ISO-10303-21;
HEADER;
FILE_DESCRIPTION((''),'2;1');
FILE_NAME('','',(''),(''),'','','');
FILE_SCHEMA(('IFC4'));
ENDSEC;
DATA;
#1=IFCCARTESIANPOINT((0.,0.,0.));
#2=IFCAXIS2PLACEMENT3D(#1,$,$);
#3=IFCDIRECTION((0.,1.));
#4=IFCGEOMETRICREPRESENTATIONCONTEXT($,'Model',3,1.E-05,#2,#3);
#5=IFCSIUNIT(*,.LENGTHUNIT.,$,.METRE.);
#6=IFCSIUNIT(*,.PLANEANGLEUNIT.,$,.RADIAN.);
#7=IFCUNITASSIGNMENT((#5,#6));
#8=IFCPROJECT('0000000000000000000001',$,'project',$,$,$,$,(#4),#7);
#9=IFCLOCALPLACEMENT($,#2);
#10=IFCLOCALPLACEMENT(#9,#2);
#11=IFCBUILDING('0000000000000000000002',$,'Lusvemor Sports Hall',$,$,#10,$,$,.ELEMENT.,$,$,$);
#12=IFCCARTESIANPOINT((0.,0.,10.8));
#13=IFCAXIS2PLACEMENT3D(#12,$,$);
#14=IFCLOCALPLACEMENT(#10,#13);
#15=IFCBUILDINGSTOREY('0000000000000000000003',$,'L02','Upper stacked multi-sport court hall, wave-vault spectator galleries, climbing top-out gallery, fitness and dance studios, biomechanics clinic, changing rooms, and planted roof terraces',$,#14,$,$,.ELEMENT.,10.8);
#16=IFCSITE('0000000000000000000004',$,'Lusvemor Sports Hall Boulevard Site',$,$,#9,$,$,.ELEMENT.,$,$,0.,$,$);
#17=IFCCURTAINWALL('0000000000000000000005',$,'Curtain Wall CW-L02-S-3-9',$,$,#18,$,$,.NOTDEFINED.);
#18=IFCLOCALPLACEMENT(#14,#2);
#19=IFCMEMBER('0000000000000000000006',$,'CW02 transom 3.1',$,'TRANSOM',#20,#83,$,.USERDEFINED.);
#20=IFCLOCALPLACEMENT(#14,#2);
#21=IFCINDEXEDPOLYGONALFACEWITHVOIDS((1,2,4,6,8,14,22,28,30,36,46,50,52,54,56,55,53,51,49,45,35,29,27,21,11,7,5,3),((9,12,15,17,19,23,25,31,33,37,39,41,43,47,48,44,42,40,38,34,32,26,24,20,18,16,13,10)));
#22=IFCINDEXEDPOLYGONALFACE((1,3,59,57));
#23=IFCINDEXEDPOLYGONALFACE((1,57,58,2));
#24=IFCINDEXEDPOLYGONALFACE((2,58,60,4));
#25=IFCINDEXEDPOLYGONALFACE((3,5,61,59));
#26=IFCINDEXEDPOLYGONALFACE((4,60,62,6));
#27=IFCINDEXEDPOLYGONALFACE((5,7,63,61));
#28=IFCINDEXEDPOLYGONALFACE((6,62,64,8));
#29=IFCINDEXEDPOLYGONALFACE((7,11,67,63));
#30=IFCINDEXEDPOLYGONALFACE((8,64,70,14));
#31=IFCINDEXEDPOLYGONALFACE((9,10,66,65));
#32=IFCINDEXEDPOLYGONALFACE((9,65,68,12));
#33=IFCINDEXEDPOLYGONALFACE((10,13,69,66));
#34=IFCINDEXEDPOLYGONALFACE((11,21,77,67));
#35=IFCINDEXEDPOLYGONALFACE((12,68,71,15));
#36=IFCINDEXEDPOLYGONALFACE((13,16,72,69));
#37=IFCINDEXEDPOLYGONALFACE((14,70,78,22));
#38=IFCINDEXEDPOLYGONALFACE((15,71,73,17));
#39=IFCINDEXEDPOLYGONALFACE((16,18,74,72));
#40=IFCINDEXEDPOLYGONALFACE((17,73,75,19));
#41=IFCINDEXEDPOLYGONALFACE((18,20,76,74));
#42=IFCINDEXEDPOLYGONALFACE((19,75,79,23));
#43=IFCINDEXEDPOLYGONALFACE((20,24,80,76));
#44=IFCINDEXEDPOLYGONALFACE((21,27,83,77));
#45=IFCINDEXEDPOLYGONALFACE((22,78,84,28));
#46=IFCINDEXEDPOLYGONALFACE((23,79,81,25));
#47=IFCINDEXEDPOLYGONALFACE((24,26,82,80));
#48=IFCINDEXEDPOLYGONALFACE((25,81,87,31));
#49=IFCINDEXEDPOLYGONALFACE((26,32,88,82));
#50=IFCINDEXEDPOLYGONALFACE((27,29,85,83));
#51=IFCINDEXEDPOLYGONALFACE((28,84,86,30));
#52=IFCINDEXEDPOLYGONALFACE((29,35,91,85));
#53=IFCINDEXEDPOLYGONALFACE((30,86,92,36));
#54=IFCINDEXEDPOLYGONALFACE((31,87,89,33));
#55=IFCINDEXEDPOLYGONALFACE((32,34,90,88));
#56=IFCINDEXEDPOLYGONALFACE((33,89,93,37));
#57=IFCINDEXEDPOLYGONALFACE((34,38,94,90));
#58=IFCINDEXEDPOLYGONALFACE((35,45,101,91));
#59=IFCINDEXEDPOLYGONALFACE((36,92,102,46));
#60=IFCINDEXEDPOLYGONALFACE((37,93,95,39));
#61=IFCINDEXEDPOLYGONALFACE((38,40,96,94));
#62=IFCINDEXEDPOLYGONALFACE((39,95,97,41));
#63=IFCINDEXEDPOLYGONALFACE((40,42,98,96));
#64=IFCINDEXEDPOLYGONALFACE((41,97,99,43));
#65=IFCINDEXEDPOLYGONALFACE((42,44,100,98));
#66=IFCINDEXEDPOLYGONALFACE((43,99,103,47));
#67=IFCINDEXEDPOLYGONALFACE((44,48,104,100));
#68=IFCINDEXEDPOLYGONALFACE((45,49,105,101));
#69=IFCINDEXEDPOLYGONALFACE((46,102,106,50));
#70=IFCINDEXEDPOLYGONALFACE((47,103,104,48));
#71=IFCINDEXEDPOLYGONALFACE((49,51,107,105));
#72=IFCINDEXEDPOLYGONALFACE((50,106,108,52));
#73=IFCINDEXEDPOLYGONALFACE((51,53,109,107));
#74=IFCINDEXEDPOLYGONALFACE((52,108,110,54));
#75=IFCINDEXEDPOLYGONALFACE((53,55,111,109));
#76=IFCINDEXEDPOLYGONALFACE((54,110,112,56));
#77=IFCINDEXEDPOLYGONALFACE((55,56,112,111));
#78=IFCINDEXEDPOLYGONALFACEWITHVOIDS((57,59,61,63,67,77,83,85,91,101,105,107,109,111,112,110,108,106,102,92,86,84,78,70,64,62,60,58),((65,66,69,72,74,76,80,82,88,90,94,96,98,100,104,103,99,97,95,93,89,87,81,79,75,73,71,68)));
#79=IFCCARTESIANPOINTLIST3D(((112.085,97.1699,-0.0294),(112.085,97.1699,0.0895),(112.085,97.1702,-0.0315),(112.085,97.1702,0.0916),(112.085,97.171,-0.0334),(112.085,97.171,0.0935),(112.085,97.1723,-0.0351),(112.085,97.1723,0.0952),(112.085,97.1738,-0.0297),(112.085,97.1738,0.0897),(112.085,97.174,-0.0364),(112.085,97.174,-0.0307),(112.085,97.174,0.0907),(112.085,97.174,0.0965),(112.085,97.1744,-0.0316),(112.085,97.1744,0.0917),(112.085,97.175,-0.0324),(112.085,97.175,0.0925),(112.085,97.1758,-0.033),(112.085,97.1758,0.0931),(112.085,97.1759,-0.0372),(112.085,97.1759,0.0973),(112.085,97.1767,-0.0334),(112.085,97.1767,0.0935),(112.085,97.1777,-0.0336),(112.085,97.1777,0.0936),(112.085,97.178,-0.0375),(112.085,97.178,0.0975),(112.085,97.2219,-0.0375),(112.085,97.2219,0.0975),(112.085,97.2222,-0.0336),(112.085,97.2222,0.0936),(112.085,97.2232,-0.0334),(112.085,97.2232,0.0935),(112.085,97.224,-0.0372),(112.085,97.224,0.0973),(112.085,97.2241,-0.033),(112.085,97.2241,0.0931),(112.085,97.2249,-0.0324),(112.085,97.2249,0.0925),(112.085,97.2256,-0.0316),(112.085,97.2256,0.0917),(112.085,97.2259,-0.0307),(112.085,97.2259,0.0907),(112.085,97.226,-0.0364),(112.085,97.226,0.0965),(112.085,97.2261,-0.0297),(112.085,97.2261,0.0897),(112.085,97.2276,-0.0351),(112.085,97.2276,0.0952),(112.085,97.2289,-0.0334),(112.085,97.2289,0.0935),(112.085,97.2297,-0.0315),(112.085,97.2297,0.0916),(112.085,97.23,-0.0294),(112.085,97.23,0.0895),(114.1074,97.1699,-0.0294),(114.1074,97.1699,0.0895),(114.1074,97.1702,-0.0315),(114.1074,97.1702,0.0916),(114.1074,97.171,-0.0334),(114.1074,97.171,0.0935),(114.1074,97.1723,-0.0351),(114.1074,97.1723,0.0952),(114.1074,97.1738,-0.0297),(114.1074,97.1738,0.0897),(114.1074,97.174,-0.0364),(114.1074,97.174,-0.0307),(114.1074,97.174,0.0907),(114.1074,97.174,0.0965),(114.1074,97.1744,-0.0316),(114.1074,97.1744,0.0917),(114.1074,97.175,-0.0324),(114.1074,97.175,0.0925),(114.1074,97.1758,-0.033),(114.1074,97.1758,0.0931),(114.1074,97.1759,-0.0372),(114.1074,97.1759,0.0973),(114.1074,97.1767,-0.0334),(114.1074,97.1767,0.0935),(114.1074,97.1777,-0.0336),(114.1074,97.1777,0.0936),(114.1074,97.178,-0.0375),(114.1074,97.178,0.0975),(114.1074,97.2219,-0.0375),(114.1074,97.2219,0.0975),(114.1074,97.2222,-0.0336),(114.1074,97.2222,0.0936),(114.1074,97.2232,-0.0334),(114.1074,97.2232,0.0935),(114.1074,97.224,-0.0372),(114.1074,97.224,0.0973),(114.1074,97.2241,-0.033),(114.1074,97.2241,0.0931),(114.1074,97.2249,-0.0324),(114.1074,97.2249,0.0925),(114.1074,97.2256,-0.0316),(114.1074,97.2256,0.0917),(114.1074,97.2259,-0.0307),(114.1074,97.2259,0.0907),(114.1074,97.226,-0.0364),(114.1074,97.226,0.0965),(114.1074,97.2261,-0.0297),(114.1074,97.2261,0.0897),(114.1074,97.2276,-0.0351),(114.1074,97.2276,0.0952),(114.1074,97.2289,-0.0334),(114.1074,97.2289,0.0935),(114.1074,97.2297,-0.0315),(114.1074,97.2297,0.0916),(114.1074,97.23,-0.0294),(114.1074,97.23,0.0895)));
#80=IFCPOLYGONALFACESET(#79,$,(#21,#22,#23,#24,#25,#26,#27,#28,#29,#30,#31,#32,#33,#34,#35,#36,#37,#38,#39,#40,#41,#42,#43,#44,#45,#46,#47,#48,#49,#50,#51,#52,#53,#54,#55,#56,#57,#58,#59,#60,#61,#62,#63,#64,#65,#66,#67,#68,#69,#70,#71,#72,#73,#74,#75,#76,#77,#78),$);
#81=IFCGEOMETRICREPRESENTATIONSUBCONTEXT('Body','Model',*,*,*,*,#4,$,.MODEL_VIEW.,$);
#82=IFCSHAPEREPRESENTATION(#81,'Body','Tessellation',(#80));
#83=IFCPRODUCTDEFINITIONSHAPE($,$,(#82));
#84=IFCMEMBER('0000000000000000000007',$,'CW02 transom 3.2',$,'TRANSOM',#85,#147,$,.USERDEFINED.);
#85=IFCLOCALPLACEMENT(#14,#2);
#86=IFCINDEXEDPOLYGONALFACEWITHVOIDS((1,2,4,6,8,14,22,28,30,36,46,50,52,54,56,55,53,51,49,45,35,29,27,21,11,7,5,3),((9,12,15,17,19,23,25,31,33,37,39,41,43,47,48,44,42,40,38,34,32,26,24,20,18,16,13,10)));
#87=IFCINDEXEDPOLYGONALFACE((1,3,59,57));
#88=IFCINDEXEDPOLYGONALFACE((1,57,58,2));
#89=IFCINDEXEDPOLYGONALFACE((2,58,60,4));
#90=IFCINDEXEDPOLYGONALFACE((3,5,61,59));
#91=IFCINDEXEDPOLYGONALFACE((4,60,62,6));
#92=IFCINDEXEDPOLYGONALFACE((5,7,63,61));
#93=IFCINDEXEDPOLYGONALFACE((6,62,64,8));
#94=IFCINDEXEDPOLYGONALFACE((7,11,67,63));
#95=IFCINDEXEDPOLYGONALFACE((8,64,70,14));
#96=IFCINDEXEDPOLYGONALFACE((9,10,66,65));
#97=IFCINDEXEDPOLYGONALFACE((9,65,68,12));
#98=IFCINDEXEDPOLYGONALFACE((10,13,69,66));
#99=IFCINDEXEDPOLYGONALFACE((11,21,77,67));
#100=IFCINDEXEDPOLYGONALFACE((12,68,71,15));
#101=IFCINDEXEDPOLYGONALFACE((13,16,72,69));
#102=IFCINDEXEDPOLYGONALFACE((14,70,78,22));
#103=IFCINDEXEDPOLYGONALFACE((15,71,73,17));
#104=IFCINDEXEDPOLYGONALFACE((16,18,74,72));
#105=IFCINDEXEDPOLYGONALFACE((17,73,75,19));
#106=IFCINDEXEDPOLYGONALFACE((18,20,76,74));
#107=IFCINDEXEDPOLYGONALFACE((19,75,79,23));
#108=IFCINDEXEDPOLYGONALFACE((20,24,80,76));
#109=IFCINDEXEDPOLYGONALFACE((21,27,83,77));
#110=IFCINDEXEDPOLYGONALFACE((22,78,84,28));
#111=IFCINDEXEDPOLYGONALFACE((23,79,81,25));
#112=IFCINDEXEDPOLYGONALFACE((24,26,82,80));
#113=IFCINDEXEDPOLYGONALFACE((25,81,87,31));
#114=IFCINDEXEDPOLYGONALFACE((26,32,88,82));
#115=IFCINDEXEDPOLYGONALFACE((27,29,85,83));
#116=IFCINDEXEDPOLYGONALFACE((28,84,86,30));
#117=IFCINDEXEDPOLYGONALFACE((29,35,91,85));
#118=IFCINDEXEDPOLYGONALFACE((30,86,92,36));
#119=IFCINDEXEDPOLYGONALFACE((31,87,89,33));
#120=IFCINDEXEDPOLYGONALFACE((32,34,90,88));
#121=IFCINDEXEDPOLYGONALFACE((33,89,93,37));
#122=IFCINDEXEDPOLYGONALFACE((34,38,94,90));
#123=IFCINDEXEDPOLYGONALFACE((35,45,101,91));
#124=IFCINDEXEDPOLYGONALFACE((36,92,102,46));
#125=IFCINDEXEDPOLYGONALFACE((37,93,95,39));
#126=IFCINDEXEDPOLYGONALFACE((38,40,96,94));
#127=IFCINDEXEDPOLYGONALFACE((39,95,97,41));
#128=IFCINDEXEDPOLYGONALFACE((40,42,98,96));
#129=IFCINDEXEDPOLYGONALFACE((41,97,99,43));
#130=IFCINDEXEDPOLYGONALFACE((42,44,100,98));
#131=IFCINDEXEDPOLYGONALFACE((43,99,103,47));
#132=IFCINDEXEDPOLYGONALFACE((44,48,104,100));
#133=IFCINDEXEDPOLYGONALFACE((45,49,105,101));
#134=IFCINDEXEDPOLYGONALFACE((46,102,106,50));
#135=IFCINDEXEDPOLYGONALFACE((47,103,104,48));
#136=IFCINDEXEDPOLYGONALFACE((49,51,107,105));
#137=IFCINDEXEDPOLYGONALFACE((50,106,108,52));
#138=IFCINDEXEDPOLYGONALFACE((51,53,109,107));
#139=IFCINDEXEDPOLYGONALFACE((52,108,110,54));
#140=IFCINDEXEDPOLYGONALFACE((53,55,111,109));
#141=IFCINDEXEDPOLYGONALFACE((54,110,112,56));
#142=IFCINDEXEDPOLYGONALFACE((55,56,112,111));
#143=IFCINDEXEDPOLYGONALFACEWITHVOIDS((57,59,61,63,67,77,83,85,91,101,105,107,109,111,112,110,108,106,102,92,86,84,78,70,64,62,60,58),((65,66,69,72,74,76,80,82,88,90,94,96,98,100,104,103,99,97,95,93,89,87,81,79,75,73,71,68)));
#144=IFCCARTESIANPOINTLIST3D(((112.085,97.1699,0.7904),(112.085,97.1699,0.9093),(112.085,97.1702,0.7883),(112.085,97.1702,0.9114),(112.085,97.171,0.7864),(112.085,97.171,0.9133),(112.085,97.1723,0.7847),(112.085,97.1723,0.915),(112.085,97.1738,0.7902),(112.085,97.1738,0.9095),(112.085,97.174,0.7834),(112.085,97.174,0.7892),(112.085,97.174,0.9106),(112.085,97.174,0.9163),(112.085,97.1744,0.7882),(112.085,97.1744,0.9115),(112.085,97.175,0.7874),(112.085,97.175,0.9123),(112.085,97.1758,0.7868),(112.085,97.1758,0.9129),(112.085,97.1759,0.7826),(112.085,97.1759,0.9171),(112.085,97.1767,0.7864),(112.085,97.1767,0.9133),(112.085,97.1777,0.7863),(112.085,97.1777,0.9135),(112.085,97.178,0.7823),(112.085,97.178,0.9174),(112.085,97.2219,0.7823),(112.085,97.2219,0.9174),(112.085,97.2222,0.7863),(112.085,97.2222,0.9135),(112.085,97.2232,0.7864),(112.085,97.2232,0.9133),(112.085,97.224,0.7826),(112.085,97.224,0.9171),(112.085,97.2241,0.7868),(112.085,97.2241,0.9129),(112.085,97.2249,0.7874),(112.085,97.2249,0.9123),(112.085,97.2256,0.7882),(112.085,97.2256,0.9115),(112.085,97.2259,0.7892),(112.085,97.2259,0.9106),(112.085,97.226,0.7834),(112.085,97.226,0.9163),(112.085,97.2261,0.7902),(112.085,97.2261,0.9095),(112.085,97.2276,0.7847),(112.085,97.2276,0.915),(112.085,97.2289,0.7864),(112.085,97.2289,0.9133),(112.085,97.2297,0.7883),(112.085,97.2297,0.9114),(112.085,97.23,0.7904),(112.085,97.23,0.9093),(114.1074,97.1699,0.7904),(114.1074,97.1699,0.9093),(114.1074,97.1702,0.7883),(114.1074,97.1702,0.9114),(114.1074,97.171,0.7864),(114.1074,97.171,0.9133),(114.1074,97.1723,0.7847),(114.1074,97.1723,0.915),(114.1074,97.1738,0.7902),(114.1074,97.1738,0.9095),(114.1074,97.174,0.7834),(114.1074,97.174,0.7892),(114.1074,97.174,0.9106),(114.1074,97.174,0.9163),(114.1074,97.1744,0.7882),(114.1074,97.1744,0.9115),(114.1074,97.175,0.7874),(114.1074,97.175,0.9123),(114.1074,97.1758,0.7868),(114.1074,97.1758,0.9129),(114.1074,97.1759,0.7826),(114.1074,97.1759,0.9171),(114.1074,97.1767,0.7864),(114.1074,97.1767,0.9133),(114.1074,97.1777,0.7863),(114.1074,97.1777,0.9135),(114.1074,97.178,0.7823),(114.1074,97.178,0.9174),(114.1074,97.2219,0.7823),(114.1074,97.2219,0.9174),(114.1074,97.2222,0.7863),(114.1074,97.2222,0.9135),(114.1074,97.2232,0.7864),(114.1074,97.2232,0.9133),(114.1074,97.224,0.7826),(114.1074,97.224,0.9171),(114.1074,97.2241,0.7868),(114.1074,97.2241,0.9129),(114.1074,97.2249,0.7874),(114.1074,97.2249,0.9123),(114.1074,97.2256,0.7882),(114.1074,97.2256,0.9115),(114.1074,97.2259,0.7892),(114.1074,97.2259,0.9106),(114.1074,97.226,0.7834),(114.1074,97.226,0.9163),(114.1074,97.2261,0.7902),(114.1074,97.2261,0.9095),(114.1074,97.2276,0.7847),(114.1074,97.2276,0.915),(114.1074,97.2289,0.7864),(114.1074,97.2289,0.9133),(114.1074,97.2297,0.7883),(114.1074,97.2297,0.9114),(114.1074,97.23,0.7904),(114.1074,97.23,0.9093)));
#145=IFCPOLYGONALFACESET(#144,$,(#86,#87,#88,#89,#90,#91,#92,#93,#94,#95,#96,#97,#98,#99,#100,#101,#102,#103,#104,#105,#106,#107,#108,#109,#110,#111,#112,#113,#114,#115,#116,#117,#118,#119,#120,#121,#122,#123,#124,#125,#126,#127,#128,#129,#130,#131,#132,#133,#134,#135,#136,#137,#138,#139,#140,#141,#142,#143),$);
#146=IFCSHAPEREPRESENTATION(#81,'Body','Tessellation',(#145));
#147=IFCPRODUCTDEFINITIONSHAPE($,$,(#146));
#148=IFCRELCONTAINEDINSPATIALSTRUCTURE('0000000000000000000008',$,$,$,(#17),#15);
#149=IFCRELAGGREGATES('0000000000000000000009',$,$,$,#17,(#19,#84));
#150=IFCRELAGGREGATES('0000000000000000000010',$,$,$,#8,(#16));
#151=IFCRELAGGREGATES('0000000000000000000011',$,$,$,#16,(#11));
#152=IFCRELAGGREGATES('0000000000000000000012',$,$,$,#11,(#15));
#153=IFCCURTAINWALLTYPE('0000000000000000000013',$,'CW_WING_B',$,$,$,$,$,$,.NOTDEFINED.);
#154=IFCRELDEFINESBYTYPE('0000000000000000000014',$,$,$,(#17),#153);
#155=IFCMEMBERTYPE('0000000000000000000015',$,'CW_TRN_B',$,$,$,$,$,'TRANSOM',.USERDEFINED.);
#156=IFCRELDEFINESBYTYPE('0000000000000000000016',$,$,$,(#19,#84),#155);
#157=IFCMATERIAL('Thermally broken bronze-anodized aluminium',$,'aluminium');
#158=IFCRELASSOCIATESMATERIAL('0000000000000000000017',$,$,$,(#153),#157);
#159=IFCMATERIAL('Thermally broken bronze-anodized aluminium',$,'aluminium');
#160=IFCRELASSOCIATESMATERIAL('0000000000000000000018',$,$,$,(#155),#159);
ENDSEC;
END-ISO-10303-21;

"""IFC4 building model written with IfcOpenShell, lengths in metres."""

from ifc_helpers import new_model, si_unit, direction, frame, origin, origin_2d, place, context, subcontext, project, spatial, hollow_rectangle, extrude, material, material_profile, profile_set, type_object, element, aggregate, save


model = new_model("IFC4")

# Units and contexts
model_context = context("Model", 3, precision=1e-05, world=origin(), true_north=direction((0.0, 1.0)))
body_context = subcontext(model_context, "Body", "Model", "MODEL_VIEW")
ifc_project = project(units=[si_unit("LENGTHUNIT", "METRE"), si_unit("PLANEANGLEUNIT", "RADIAN")], contexts=[model_context])

# Site, building, storey
site_placement = place(None, origin())
site = spatial("IfcSite", under=ifc_project, at=site_placement, Name="Lusvemor Sports Hall Boulevard Site", CompositionType="ELEMENT", RefElevation=0.0)
building_placement = place(site_placement, origin())
building = spatial("IfcBuilding", under=site, at=building_placement, Name="Lusvemor Sports Hall", CompositionType="ELEMENT")
storey_placement = place(building_placement, frame((0.0, 0.0, 10.8)))
storey = spatial("IfcBuildingStorey", under=building, at=storey_placement, Name="L02", Description="Upper stacked multi-sport court hall, wave-vault spectator galleries, climbing top-out gallery, fitness and dance studios, biomechanics clinic, changing rooms, and planted roof terraces", CompositionType="ELEMENT", Elevation=10.8)

# Shared definitions
ifc_material_1 = material(Name="Thermally broken bronze-anodized aluminium", Category="aluminium")
curtain_wall_type = type_object("IfcCurtainWallType", Name="CW_WING_B", PredefinedType="NOTDEFINED", material=ifc_material_1)

# Curtain wall
curtain_wall_1_placement = place(storey_placement, origin())
curtain_wall_1 = element("IfcCurtainWall", 1, at=curtain_wall_1_placement, inside=storey, type_object=curtain_wall_type, Name="Curtain Wall CW-L02-S-3-9", PredefinedType="NOTDEFINED")

# Members
ifc_material_2 = material(Name="Thermally broken bronze-anodized aluminium", Category="aluminium")
ifc_material_profile_1 = material_profile(ifc_material_2, hollow_rectangle(XDim=0.0601, YDim=0.135, WallThickness=0.0039, InnerFilletRadius=0.0039, OuterFilletRadius=0.0081, at=origin_2d()), Name="CWTRN135x60x4")
ifc_profile_set_1 = profile_set([ifc_material_profile_1], Name="Thermally broken bronze-anodized aluminium")
member_type_1 = type_object("IfcMemberType", Name="CW_TRN_B", ElementType="TRANSOM", PredefinedType="USERDEFINED", material=ifc_profile_set_1)
member_1_placement = place(storey_placement, frame((114.1074, 97.2, 0.03), z_axis=(-1.0, 0.0, 0.0), x_axis=(0.0, -1.0, 0.0)))
member_1 = element("IfcMember", 2, at=member_1_placement, type_object=member_type_1, Name="CW02 transom 3.1", ObjectType="TRANSOM", PredefinedType="USERDEFINED", context=body_context, shape_type="SweptSolid", body=[
    extrude(hollow_rectangle(XDim=0.0601, YDim=0.135, WallThickness=0.0039, InnerFilletRadius=0.0039, OuterFilletRadius=0.0081, at=origin_2d()), origin(), (0.0, 0.0, 1.0), 2.0225),
])
member_2_placement = place(storey_placement, frame((114.1074, 97.2, 0.8499), z_axis=(-1.0, 0.0, 0.0), x_axis=(0.0, -1.0, 0.0)))
member_2 = element("IfcMember", 3, at=member_2_placement, type_object=member_type_1, Name="CW02 transom 3.2", ObjectType="TRANSOM", PredefinedType="USERDEFINED", context=body_context, shape_type="SweptSolid", body=[
    extrude(hollow_rectangle(XDim=0.0601, YDim=0.135, WallThickness=0.0039, InnerFilletRadius=0.0039, OuterFilletRadius=0.0081, at=origin_2d()), origin(), (0.0, 0.0, 1.0), 2.0225),
])

aggregate(curtain_wall_1, [member_1, member_2])

save(model, "model.ifc")
